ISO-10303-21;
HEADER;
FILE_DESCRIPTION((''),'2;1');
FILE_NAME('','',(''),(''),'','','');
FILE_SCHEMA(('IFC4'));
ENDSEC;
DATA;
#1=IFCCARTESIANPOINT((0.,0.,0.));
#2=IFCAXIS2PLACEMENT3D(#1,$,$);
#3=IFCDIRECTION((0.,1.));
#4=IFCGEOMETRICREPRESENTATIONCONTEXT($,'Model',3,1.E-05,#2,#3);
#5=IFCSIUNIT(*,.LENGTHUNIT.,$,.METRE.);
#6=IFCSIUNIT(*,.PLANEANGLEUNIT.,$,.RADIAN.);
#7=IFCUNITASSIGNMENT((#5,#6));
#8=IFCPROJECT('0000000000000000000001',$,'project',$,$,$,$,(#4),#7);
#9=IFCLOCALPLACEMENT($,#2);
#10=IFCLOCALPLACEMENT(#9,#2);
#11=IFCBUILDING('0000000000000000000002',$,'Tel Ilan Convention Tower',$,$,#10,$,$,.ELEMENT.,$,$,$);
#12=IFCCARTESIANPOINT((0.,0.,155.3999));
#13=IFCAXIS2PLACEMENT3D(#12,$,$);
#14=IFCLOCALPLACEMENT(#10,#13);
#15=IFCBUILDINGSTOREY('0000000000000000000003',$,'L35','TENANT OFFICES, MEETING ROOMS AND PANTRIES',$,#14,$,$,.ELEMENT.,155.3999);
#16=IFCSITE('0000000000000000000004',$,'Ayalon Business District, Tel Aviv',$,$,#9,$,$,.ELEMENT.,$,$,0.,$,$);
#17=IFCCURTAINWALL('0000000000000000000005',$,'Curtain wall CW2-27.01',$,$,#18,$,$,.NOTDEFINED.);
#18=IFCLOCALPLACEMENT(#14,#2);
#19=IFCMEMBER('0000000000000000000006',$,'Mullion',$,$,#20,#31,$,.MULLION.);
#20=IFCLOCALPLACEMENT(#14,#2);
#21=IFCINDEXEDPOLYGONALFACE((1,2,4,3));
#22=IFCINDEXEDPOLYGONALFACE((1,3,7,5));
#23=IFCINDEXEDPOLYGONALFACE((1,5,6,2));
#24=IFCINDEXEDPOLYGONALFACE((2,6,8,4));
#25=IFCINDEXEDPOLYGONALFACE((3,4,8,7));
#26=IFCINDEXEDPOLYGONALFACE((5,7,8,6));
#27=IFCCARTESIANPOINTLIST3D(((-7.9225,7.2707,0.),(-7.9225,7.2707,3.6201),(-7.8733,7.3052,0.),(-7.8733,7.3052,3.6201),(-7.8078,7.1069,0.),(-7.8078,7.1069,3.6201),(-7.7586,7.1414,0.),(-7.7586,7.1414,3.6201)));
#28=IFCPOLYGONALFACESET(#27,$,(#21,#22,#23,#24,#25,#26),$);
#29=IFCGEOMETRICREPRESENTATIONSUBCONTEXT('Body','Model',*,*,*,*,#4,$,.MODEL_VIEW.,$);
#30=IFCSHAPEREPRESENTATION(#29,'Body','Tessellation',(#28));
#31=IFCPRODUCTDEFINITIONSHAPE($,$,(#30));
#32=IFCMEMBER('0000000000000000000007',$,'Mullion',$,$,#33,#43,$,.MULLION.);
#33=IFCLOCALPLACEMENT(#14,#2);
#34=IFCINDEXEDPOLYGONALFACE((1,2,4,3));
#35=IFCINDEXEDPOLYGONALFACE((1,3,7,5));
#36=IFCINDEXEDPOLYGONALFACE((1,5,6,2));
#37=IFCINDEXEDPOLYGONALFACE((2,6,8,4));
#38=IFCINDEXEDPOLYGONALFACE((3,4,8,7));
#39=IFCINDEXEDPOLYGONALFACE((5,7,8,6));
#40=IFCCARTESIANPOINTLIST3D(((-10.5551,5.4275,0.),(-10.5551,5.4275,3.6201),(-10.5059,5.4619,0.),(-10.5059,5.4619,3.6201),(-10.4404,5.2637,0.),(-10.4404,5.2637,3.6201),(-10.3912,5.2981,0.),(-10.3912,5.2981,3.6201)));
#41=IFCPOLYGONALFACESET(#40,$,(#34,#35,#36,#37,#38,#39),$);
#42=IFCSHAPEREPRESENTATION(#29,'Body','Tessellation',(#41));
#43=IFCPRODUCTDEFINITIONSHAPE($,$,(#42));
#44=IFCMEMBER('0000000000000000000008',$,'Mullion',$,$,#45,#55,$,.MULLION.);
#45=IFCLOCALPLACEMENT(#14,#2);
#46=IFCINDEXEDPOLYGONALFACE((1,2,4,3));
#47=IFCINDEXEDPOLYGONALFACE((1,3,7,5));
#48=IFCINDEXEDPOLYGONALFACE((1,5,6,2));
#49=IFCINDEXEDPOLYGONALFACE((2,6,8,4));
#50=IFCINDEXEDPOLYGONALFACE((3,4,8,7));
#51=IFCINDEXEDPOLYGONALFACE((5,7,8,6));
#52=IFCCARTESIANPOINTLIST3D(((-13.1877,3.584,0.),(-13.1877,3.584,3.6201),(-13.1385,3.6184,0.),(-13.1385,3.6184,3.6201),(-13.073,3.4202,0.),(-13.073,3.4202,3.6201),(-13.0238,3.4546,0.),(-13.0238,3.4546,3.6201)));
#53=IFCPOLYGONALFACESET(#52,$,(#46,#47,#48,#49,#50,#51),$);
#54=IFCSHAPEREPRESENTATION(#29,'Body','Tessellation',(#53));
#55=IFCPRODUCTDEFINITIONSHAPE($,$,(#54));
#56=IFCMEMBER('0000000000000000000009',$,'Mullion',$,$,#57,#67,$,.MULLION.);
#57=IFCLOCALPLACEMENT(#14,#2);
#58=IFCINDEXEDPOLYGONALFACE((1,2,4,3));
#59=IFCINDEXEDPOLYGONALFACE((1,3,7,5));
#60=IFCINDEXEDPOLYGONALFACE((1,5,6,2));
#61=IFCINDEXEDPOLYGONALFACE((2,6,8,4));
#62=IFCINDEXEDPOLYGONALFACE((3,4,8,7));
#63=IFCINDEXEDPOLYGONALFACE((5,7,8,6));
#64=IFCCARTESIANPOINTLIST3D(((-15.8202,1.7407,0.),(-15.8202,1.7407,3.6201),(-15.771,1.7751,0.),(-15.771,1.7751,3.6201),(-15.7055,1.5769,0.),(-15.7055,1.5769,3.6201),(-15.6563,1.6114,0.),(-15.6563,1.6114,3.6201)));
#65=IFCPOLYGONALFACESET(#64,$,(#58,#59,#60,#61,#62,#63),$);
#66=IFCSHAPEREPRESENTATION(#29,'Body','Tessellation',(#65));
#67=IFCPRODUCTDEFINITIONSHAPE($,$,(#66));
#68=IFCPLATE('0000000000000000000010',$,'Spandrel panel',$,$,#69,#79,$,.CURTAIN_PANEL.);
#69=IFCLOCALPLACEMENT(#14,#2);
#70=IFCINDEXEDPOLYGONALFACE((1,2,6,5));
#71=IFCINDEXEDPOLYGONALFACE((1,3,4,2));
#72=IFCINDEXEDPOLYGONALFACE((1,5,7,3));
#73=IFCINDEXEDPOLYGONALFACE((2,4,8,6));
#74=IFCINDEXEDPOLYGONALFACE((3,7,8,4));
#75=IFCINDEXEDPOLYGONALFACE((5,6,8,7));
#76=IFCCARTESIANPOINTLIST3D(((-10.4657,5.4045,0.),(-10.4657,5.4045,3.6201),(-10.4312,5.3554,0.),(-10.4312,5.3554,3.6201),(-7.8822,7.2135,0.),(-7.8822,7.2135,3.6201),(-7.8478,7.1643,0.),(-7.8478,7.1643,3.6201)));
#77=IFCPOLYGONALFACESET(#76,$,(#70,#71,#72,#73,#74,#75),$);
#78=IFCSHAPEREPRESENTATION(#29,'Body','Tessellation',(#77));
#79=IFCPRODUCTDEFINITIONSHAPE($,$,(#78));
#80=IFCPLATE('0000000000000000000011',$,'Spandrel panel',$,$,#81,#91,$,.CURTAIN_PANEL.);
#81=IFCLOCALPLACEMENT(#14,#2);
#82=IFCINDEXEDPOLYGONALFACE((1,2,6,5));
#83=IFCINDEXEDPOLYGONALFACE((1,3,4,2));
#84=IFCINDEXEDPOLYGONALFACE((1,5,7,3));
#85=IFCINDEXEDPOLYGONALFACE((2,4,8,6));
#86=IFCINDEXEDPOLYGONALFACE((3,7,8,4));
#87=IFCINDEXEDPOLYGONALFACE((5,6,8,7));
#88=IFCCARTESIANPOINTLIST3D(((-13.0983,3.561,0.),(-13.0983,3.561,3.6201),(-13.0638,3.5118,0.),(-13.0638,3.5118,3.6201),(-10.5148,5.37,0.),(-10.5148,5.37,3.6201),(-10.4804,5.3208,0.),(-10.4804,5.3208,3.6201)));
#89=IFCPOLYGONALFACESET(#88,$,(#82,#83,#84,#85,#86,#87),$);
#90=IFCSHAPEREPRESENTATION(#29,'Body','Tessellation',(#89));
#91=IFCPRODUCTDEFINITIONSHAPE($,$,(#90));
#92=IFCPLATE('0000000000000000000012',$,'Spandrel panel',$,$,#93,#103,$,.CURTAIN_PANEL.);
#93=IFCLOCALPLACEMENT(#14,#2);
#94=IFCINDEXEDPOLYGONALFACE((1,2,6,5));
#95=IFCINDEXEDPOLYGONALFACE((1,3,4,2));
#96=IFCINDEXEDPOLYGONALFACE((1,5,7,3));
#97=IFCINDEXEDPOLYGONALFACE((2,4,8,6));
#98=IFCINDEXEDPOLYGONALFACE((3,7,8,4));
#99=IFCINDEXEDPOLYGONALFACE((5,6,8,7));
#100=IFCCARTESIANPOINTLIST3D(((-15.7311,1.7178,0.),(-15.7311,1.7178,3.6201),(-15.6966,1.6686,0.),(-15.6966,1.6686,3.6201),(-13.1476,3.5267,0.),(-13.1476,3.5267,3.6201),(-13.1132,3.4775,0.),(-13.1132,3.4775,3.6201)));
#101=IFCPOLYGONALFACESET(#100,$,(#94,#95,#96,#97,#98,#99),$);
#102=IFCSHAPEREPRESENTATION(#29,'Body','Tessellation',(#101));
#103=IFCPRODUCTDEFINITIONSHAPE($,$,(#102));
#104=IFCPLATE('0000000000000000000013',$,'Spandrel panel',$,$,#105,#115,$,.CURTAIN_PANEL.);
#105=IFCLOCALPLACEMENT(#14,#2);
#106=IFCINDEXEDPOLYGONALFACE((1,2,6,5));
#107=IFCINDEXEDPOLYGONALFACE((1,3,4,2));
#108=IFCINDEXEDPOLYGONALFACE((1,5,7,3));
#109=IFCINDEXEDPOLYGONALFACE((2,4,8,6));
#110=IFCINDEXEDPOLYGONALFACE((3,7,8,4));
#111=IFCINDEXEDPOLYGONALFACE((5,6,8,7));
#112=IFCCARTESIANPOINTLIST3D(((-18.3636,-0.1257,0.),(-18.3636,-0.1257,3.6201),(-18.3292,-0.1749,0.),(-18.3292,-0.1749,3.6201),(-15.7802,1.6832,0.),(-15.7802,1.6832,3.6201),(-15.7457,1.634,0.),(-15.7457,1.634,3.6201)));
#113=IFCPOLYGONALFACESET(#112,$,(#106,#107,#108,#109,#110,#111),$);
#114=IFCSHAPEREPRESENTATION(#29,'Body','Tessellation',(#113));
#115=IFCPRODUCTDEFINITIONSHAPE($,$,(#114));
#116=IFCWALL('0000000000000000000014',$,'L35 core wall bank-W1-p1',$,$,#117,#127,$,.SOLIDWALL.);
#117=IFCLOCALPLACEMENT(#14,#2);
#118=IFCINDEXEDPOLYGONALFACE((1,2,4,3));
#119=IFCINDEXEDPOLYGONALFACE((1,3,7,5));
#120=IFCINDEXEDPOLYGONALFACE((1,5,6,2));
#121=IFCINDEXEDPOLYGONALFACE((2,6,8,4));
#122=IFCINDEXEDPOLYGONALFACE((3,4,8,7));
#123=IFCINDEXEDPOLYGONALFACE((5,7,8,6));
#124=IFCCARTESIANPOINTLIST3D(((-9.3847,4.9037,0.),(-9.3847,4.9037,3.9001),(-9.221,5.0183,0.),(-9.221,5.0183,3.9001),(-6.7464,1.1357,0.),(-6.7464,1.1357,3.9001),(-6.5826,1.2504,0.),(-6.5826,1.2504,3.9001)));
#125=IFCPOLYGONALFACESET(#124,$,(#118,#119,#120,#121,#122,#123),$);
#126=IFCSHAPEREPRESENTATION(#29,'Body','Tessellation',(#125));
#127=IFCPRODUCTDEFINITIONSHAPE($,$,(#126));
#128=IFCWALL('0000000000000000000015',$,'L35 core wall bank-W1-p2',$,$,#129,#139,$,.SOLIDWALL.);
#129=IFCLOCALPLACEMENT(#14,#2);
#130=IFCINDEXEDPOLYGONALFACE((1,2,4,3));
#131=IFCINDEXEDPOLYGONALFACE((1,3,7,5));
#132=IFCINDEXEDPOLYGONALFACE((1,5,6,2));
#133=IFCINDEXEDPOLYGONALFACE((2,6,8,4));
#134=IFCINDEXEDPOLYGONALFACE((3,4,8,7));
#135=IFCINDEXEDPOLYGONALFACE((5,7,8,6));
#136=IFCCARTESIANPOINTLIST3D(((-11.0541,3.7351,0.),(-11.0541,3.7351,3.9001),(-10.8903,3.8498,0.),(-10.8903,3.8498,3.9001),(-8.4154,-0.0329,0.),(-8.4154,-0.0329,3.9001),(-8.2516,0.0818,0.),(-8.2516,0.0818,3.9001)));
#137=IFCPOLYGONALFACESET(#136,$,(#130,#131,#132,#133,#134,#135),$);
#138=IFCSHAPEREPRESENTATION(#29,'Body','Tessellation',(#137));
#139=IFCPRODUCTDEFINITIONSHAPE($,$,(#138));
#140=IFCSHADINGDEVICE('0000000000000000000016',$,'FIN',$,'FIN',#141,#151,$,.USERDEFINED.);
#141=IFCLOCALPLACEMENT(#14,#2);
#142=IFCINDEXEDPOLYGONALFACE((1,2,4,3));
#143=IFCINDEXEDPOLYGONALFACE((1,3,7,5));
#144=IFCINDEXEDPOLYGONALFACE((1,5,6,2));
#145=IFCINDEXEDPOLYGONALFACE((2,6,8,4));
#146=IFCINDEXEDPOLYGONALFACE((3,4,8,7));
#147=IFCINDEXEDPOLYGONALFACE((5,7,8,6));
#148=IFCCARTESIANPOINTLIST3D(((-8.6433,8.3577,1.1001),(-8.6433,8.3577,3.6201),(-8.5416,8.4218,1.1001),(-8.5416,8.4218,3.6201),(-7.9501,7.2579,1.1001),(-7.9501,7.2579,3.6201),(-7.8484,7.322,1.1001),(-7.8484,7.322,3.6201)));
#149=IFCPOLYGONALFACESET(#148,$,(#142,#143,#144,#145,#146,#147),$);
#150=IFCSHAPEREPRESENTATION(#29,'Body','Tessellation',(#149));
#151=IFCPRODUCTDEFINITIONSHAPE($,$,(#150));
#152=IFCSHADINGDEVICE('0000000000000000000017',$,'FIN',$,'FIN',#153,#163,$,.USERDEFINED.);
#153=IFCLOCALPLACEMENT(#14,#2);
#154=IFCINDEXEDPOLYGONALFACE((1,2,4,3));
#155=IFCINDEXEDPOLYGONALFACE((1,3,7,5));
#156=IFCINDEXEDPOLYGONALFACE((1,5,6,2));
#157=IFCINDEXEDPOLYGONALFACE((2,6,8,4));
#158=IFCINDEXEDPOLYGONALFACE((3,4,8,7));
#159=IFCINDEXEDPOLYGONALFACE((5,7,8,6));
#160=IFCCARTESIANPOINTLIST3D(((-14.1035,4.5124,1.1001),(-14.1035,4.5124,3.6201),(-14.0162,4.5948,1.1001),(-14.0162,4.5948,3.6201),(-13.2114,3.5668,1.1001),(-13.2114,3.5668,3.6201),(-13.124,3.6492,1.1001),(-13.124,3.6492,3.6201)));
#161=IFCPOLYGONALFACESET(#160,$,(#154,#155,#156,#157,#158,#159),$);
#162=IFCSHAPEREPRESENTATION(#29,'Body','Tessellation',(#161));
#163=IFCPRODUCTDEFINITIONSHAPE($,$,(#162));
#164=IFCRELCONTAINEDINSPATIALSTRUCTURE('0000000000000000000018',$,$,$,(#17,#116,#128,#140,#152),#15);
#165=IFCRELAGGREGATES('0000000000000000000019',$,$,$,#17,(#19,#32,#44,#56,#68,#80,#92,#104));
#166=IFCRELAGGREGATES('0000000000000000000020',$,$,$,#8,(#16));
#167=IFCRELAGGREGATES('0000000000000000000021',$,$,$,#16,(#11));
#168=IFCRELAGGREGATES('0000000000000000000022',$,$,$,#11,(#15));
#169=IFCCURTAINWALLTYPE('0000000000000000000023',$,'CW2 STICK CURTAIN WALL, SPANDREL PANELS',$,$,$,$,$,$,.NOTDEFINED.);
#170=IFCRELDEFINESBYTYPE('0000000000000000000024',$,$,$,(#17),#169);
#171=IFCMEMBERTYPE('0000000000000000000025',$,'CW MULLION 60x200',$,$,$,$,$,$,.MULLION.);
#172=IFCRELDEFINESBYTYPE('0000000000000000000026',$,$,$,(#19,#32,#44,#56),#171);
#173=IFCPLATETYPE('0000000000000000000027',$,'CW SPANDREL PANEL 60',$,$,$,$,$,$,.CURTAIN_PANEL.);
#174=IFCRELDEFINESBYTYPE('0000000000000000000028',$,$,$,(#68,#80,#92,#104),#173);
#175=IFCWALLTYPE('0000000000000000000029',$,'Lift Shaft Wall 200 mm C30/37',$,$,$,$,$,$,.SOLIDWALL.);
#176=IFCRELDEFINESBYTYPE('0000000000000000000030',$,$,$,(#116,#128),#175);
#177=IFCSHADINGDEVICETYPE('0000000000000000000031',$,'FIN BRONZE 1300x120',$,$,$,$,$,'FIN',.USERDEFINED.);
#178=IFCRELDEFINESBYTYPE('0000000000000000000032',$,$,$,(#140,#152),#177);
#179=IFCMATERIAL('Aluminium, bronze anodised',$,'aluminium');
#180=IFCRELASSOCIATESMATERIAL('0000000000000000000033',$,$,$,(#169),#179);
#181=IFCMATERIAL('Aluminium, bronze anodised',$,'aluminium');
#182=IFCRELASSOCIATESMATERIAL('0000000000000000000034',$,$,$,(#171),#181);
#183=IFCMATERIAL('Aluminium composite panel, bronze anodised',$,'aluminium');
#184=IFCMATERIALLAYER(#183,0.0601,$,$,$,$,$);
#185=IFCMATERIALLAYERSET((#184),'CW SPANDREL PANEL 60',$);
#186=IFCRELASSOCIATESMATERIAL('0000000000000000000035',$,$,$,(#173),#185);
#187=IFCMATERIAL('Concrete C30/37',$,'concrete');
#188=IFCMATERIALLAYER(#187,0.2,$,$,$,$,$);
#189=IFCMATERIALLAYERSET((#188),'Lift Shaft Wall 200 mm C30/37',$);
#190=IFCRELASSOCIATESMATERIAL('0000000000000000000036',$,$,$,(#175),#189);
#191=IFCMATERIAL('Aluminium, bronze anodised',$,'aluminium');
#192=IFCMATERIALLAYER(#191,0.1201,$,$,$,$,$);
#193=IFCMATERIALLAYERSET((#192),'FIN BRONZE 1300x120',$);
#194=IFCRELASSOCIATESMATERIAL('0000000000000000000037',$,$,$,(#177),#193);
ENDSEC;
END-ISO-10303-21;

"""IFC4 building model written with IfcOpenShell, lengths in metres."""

from ifc_helpers import new_model, si_unit, direction, frame, frame_2d, origin, origin_2d, place, context, subcontext, project, spatial, rectangle, extrude, material, layer, layer_set, material_profile, profile_set, type_object, element, aggregate, save


model = new_model("IFC4")

# Units and contexts
model_context = context("Model", 3, precision=1e-05, world=origin(), true_north=direction((0.0, 1.0)))
body_context = subcontext(model_context, "Body", "Model", "MODEL_VIEW")
ifc_project = project(units=[si_unit("LENGTHUNIT", "METRE"), si_unit("PLANEANGLEUNIT", "RADIAN")], contexts=[model_context])

# Site, building, storey
site_placement = place(None, origin())
site = spatial("IfcSite", under=ifc_project, at=site_placement, Name="Ayalon Business District, Tel Aviv", CompositionType="ELEMENT", RefElevation=0.0)
building_placement = place(site_placement, origin())
building = spatial("IfcBuilding", under=site, at=building_placement, Name="Tel Ilan Convention Tower", CompositionType="ELEMENT")
storey_placement = place(building_placement, frame((0.0, 0.0, 155.3999)))
storey = spatial("IfcBuildingStorey", under=building, at=storey_placement, Name="L35", Description="TENANT OFFICES, MEETING ROOMS AND PANTRIES", CompositionType="ELEMENT", Elevation=155.3999)

# Curtain wall, members, plates
ifc_material_1 = material(Name="Aluminium, bronze anodised", Category="aluminium")
curtain_wall_type = type_object("IfcCurtainWallType", Name="CW2 STICK CURTAIN WALL, SPANDREL PANELS", PredefinedType="NOTDEFINED", material=ifc_material_1)
curtain_wall_placement = place(storey_placement, origin())
curtain_wall = element("IfcCurtainWall", 1, at=curtain_wall_placement, inside=storey, type_object=curtain_wall_type, Name="Curtain wall CW2-27.01", PredefinedType="NOTDEFINED")
ifc_material_2 = material(Name="Aluminium, bronze anodised", Category="aluminium")
ifc_material_profile = material_profile(ifc_material_2, rectangle(XDim=0.0601, YDim=0.2, at=origin_2d()), Name="CW MULLION 60x200")
ifc_profile_set = profile_set([ifc_material_profile], Name="Aluminium, bronze anodised")
member_type = type_object("IfcMemberType", Name="CW MULLION 60x200", PredefinedType="MULLION", material=ifc_profile_set)
member_1_placement = place(storey_placement, frame((-7.8406, 7.2061, 0.0), z_axis=(0.0, 0.0, 1.0), x_axis=(-0.819152, -0.573576, 0.0)))
member_1 = element("IfcMember", 2, at=member_1_placement, type_object=member_type, Name="Mullion", PredefinedType="MULLION", context=body_context, shape_type="SweptSolid", body=[
    extrude(rectangle(XDim=0.0601, YDim=0.2, at=origin_2d()), origin(), (0.0, 0.0, 1.0), 3.6201),
])
member_2_placement = place(storey_placement, frame((-10.4731, 5.3628, 0.0), z_axis=(0.0, 0.0, 1.0), x_axis=(-0.819152, -0.573576, 0.0)))
member_2 = element("IfcMember", 3, at=member_2_placement, type_object=member_type, Name="Mullion", PredefinedType="MULLION", context=body_context, shape_type="SweptSolid", body=[
    extrude(rectangle(XDim=0.0601, YDim=0.2, at=origin_2d()), origin(), (0.0, 0.0, 1.0), 3.6201),
])
member_3_placement = place(storey_placement, frame((-13.1057, 3.5193, 0.0), z_axis=(0.0, 0.0, 1.0), x_axis=(-0.819152, -0.573576, 0.0)))
member_3 = element("IfcMember", 4, at=member_3_placement, type_object=member_type, Name="Mullion", PredefinedType="MULLION", context=body_context, shape_type="SweptSolid", body=[
    extrude(rectangle(XDim=0.0601, YDim=0.2, at=origin_2d()), origin(), (0.0, 0.0, 1.0), 3.6201),
])
member_4_placement = place(storey_placement, frame((-15.7383, 1.676, 0.0), z_axis=(0.0, 0.0, 1.0), x_axis=(-0.819152, -0.573576, 0.0)))
member_4 = element("IfcMember", 5, at=member_4_placement, type_object=member_type, Name="Mullion", PredefinedType="MULLION", context=body_context, shape_type="SweptSolid", body=[
    extrude(rectangle(XDim=0.0601, YDim=0.2, at=origin_2d()), origin(), (0.0, 0.0, 1.0), 3.6201),
])
ifc_material_3 = material(Name="Aluminium composite panel, bronze anodised", Category="aluminium")
ifc_layer_1 = layer(ifc_material_3, 0.0601)
ifc_layer_set_1 = layer_set([ifc_layer_1], Name="CW SPANDREL PANEL 60")
plate_type = type_object("IfcPlateType", Name="CW SPANDREL PANEL 60", PredefinedType="CURTAIN_PANEL", material=ifc_layer_set_1)
plate_1_placement = place(storey_placement, frame((-9.1567, 6.2844, 0.0), z_axis=(0.0, 0.0, 1.0), x_axis=(-0.819152, -0.573576, 0.0)))
plate_1 = element("IfcPlate", 6, at=plate_1_placement, type_object=plate_type, Name="Spandrel panel", PredefinedType="CURTAIN_PANEL", context=body_context, shape_type="SweptSolid", body=[
    extrude(rectangle(XDim=3.1538, YDim=0.0601, at=origin_2d()), origin(), (0.0, 0.0, 1.0), 3.6201),
])
plate_2_placement = place(storey_placement, frame((-11.7893, 4.4409, 0.0), z_axis=(0.0, 0.0, 1.0), x_axis=(-0.819152, -0.573576, 0.0)))
plate_2 = element("IfcPlate", 7, at=plate_2_placement, type_object=plate_type, Name="Spandrel panel", PredefinedType="CURTAIN_PANEL", context=body_context, shape_type="SweptSolid", body=[
    extrude(rectangle(XDim=3.1538, YDim=0.0601, at=origin_2d()), origin(), (0.0, 0.0, 1.0), 3.6201),
])
plate_3_placement = place(storey_placement, frame((-14.4221, 2.5977, 0.0), z_axis=(0.0, 0.0, 1.0), x_axis=(-0.819152, -0.573576, 0.0)))
plate_3 = element("IfcPlate", 8, at=plate_3_placement, type_object=plate_type, Name="Spandrel panel", PredefinedType="CURTAIN_PANEL", context=body_context, shape_type="SweptSolid", body=[
    extrude(rectangle(XDim=3.1538, YDim=0.0601, at=origin_2d()), origin(), (0.0, 0.0, 1.0), 3.6201),
])
plate_4_placement = place(storey_placement, frame((-17.0547, 0.7542, 0.0), z_axis=(0.0, 0.0, 1.0), x_axis=(-0.819152, -0.573576, 0.0)))
plate_4 = element("IfcPlate", 9, at=plate_4_placement, type_object=plate_type, Name="Spandrel panel", PredefinedType="CURTAIN_PANEL", context=body_context, shape_type="SweptSolid", body=[
    extrude(rectangle(XDim=3.1538, YDim=0.0601, at=origin_2d()), origin(), (0.0, 0.0, 1.0), 3.6201),
])
aggregate(curtain_wall, [member_1, member_2, member_3, member_4, plate_1, plate_2, plate_3, plate_4])

# Walls
ifc_material_4 = material(Name="Concrete C30/37", Category="concrete")
ifc_layer_2 = layer(ifc_material_4, 0.2)
ifc_layer_set_2 = layer_set([ifc_layer_2], Name="Lift Shaft Wall 200 mm C30/37")
wall_type = type_object("IfcWallType", Name="Lift Shaft Wall 200 mm C30/37", PredefinedType="SOLIDWALL", material=ifc_layer_set_2)
wall_1_placement = place(storey_placement, frame((-6.6646, 1.1931, 0.0), z_axis=(0.0, 0.0, 1.0), x_axis=(-0.573576, 0.819152, 0.0)))
element("IfcWall", 10, at=wall_1_placement, inside=storey, type_object=wall_type, Name="L35 core wall bank-W1-p1", PredefinedType="SOLIDWALL", context=body_context, shape_type="SweptSolid", body=[
    extrude(rectangle(XDim=4.5999, YDim=0.2, at=frame_2d((2.2998, 0.0))), origin(), (0.0, 0.0, 1.0), 3.9001),
])
wall_2_placement = place(storey_placement, frame((-8.3335, 0.0244, 0.0), z_axis=(0.0, 0.0, 1.0), x_axis=(-0.573612, 0.819127, 0.0)))
element("IfcWall", 11, at=wall_2_placement, inside=storey, type_object=wall_type, Name="L35 core wall bank-W1-p2", PredefinedType="SOLIDWALL", context=body_context, shape_type="SweptSolid", body=[
    extrude(rectangle(XDim=4.6001, YDim=0.2, at=frame_2d((2.3, 0.0))), origin(), (0.0, 0.0, 1.0), 3.9001),
])

# Shading devices
ifc_material_5 = material(Name="Aluminium, bronze anodised", Category="aluminium")
ifc_layer_3 = layer(ifc_material_5, 0.1201)
ifc_layer_set_3 = layer_set([ifc_layer_3], Name="FIN BRONZE 1300x120")
shading_device_type = type_object("IfcShadingDeviceType", Name="FIN BRONZE 1300x120", ElementType="FIN", PredefinedType="USERDEFINED", material=ifc_layer_set_3)
for number, where, z_axis, x_axis, name in (
    (12, (-8.2458, 7.8398, 1.1001), (0.0, 0.0, 1.0), (-0.533204, 0.845986, 0.0), "FIN"),
    (13, (-13.6138, 4.0808, 1.1001), (0.0, 0.0, 1.0), (-0.686242, 0.727374, 0.0), "FIN"),
):
    element("IfcShadingDevice", number, at=place(storey_placement, frame(where, z_axis=z_axis, x_axis=x_axis)), inside=storey, type_object=shading_device_type, Name=name, ObjectType="FIN", PredefinedType="USERDEFINED", context=body_context, shape_type="SweptSolid", body=[
        extrude(rectangle(XDim=1.3, YDim=0.1201, at=origin_2d()), origin(), (0.0, 0.0, 1.0), 2.52),
    ])

save(model, "model.ifc")
